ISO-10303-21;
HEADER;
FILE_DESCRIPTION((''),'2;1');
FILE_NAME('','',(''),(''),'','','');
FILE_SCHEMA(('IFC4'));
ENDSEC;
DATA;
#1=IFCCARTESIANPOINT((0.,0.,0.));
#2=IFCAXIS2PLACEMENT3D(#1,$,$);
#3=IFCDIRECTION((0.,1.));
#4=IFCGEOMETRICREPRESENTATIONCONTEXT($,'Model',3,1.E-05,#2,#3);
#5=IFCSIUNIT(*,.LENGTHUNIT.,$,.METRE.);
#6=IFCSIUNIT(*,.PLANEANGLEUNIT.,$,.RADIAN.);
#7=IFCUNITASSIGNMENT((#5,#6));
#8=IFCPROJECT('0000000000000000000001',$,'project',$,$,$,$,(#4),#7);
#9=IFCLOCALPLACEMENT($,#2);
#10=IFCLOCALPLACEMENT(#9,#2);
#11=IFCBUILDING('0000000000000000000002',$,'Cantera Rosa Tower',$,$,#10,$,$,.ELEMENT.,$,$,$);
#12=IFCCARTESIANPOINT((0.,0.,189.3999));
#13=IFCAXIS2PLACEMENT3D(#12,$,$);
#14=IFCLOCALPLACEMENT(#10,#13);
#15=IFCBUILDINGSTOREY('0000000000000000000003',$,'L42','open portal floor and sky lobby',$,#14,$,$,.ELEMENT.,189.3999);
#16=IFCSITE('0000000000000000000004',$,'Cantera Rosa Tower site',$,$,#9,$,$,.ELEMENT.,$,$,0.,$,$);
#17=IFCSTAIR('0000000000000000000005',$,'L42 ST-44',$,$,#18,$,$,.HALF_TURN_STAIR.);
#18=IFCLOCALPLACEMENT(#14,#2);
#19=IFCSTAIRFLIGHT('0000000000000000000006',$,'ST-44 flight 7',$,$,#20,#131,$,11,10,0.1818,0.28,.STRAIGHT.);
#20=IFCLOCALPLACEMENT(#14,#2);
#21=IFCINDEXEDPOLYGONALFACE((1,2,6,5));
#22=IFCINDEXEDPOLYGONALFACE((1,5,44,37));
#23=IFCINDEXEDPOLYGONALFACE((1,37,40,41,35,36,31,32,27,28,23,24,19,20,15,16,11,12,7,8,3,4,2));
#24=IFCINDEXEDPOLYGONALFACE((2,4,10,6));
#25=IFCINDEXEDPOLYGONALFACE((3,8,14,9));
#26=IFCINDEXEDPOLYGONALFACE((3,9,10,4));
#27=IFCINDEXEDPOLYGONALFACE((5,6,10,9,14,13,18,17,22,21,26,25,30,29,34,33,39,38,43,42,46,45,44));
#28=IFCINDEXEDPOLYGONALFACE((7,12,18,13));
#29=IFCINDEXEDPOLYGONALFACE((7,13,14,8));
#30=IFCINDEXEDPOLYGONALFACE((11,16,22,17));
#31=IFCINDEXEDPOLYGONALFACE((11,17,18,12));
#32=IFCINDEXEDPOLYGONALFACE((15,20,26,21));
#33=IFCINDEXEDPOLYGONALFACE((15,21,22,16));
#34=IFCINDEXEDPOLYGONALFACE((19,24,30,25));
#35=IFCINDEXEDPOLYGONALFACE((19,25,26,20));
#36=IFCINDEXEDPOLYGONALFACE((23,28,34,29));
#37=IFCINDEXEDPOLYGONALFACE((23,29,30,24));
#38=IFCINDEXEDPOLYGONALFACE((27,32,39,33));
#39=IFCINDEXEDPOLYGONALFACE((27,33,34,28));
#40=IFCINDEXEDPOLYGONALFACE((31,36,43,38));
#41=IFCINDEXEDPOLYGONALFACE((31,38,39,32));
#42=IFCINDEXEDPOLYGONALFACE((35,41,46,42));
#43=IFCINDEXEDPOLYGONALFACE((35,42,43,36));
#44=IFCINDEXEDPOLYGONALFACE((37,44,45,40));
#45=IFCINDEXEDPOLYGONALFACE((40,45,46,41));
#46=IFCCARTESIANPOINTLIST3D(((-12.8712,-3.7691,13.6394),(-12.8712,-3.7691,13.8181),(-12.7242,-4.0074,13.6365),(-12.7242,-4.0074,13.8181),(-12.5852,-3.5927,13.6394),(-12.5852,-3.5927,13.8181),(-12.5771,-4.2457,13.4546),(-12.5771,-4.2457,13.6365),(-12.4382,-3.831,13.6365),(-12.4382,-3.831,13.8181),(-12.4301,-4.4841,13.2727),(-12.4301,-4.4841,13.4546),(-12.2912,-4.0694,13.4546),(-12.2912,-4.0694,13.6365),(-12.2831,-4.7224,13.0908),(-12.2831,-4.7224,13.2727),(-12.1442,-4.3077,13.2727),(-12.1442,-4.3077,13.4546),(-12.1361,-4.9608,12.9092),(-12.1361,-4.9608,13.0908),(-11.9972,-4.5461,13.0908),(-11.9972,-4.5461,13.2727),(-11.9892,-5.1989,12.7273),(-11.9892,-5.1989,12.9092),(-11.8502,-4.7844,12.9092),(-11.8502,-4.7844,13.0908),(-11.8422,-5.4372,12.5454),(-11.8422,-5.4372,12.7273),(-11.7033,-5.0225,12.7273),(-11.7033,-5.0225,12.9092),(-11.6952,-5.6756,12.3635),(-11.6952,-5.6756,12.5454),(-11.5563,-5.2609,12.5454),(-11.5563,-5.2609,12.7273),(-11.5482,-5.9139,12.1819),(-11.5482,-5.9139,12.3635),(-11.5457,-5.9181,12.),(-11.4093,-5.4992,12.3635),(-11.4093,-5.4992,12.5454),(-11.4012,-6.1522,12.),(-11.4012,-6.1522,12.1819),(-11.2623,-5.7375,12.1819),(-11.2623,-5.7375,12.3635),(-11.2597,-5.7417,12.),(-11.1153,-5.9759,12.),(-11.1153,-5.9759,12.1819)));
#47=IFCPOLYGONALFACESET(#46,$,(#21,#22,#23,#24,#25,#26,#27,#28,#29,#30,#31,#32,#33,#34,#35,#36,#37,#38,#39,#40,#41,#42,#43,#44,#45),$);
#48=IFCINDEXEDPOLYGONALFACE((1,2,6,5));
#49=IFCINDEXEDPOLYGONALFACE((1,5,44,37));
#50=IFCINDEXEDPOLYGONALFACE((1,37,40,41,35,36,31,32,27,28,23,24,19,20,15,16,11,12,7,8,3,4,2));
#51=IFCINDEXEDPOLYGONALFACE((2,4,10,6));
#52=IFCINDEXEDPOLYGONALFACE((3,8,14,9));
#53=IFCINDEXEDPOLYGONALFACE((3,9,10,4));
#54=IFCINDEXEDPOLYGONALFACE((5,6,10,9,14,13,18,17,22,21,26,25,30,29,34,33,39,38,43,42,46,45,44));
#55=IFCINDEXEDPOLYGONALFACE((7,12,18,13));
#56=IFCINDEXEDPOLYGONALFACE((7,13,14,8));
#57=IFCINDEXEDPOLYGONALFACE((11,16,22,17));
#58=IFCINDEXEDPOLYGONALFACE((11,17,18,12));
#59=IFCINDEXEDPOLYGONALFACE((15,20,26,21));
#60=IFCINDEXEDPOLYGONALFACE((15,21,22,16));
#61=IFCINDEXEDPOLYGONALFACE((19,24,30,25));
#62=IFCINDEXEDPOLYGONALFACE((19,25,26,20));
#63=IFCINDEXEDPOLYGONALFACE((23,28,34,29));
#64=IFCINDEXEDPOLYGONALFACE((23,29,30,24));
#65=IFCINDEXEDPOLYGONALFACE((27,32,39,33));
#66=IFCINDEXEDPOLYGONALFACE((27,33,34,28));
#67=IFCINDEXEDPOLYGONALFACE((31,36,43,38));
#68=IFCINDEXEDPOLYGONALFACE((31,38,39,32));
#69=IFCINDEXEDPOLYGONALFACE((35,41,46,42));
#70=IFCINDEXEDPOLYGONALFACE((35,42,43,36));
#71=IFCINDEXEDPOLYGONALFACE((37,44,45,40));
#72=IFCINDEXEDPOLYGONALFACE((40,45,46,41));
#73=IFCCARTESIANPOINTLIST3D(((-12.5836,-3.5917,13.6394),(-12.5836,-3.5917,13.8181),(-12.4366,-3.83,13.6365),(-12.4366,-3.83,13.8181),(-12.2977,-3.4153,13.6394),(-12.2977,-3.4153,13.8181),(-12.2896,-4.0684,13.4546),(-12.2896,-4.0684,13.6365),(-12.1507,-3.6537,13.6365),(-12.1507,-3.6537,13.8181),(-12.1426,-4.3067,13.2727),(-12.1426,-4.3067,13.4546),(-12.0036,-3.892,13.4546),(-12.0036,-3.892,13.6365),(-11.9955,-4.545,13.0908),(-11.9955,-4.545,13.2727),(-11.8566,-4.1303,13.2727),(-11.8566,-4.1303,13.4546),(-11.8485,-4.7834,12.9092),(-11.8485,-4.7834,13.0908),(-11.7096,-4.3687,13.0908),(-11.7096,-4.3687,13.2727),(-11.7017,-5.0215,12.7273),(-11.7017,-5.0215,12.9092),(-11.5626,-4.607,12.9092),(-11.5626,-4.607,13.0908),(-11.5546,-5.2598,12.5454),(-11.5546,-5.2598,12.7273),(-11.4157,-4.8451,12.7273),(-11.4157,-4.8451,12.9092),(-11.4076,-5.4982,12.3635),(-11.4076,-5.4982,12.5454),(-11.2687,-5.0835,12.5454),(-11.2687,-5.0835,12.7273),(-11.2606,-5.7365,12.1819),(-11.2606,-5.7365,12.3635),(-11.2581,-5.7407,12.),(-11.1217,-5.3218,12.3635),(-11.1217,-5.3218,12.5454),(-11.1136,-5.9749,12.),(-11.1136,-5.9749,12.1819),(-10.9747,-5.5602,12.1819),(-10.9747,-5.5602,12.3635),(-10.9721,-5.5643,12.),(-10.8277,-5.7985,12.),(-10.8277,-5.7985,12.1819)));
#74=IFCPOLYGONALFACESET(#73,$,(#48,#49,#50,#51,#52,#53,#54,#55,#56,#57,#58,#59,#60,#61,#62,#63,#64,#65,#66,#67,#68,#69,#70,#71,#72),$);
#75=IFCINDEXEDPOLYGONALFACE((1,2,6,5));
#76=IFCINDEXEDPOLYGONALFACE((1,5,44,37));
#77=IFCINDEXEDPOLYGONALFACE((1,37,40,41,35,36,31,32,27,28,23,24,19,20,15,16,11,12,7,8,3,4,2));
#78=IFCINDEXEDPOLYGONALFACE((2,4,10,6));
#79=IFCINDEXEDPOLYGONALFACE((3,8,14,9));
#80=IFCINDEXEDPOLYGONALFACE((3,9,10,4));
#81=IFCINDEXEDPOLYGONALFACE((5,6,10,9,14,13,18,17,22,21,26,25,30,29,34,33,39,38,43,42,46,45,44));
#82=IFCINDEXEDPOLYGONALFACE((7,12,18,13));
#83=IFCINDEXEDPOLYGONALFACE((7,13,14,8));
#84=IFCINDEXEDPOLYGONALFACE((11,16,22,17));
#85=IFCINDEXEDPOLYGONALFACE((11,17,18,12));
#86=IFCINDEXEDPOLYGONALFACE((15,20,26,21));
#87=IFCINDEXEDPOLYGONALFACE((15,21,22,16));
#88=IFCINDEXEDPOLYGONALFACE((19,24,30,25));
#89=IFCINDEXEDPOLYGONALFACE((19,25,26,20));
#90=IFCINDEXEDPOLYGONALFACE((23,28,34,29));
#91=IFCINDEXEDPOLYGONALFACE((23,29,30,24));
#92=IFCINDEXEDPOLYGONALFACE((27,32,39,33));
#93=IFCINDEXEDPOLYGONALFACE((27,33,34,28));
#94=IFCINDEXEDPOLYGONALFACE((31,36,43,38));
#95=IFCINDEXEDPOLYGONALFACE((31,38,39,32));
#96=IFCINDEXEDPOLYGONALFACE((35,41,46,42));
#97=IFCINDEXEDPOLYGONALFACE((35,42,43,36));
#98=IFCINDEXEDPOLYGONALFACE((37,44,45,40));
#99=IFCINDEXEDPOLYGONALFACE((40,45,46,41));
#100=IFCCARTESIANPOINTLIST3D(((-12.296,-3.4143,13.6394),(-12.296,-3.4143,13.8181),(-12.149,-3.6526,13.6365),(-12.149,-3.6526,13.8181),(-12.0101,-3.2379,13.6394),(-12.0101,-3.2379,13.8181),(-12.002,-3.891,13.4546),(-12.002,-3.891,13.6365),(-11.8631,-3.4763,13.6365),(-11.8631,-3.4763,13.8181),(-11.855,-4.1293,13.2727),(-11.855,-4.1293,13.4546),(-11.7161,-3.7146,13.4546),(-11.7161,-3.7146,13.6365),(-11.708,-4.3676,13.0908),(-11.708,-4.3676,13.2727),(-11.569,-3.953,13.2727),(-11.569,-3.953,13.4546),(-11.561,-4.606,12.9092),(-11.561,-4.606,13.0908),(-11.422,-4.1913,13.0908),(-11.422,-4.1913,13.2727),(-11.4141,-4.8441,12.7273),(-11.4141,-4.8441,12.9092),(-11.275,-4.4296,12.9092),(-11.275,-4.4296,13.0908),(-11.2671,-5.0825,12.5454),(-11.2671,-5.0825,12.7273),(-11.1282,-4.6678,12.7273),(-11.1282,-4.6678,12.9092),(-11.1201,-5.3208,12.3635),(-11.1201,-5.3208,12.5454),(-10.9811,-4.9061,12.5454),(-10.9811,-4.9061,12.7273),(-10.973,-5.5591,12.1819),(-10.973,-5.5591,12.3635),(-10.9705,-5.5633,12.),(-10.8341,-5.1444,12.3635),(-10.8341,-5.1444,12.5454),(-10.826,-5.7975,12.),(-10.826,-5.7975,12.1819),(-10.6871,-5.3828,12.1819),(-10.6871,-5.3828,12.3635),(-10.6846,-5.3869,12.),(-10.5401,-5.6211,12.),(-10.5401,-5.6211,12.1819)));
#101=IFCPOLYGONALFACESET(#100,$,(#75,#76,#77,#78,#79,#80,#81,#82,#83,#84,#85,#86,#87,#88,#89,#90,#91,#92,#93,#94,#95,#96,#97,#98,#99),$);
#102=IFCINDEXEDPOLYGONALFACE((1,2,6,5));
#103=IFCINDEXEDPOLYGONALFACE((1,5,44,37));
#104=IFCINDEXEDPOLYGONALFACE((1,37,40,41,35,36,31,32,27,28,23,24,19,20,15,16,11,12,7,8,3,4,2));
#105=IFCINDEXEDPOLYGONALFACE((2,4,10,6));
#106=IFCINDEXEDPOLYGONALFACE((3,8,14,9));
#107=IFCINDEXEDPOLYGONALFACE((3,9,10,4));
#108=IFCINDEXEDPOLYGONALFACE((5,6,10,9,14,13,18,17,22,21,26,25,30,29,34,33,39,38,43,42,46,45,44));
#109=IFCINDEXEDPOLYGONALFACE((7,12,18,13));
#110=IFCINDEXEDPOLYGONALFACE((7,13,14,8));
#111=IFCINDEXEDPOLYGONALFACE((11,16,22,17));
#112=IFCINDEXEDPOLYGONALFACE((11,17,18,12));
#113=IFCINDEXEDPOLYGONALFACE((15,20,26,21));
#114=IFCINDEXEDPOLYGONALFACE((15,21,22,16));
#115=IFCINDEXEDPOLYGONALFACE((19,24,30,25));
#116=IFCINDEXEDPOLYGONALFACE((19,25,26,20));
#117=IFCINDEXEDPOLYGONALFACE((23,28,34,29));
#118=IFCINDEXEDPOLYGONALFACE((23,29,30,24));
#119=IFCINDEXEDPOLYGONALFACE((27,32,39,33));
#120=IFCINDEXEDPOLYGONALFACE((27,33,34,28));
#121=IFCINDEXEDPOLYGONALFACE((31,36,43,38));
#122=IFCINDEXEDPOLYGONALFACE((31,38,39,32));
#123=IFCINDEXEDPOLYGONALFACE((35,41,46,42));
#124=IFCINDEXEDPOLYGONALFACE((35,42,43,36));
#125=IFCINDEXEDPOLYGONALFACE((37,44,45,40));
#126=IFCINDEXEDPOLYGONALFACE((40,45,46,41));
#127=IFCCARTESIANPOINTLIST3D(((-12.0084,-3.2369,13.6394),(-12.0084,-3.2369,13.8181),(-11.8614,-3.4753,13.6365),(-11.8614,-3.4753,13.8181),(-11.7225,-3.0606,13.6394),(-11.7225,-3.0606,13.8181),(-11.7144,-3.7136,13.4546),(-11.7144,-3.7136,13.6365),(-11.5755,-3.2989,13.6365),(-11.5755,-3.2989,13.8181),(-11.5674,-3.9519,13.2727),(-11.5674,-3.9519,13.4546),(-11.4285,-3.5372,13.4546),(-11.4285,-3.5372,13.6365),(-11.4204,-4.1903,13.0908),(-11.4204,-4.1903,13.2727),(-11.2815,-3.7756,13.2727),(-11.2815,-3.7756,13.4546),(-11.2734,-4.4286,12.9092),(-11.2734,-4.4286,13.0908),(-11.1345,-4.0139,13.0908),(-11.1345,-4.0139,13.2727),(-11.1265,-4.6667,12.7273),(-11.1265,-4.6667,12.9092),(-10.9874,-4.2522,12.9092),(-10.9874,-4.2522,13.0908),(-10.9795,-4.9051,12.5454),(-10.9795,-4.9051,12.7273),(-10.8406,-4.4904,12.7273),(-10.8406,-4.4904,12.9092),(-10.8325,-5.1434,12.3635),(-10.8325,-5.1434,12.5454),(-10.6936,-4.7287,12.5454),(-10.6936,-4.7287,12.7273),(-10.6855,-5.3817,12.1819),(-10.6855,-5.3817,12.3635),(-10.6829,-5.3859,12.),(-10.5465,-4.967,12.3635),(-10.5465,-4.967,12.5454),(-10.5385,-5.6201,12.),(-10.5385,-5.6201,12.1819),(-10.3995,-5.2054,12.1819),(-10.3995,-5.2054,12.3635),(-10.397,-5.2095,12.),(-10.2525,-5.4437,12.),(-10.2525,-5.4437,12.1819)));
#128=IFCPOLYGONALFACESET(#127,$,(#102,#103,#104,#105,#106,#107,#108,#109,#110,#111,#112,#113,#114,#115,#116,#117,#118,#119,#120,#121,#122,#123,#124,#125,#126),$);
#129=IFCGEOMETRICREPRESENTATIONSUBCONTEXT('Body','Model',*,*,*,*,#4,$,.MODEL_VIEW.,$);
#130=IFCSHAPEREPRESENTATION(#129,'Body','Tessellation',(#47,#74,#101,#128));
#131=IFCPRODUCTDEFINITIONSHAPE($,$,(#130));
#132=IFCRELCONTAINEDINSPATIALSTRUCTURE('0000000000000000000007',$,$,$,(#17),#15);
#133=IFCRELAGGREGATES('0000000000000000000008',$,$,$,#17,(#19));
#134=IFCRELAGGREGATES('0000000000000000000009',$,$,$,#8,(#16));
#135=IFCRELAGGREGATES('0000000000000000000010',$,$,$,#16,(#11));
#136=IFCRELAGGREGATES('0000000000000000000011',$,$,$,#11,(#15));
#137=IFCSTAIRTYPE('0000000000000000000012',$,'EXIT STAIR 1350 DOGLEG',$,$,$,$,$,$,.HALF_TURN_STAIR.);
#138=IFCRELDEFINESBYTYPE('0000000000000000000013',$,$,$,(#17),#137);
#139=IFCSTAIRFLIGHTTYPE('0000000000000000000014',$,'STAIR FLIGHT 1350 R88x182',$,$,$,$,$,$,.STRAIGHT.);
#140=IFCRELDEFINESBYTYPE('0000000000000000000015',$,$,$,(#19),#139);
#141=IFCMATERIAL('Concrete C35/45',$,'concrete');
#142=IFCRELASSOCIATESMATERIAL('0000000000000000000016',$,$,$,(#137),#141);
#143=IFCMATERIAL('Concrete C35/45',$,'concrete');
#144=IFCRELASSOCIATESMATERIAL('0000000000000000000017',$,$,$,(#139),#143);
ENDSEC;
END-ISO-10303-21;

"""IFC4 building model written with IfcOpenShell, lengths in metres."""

from ifc_helpers import new_model, si_unit, direction, frame, origin, place, context, subcontext, project, spatial, polyline, outline, extrude, material, type_object, element, aggregate, save


model = new_model("IFC4")

# Units and contexts
model_context = context("Model", 3, precision=1e-05, world=origin(), true_north=direction((0.0, 1.0)))
body_context = subcontext(model_context, "Body", "Model", "MODEL_VIEW")
ifc_project = project(units=[si_unit("LENGTHUNIT", "METRE"), si_unit("PLANEANGLEUNIT", "RADIAN")], contexts=[model_context])

# Site, building, storey
site_placement = place(None, origin())
site = spatial("IfcSite", under=ifc_project, at=site_placement, Name="Cantera Rosa Tower site", CompositionType="ELEMENT", RefElevation=0.0)
building_placement = place(site_placement, origin())
building = spatial("IfcBuilding", under=site, at=building_placement, Name="Cantera Rosa Tower", CompositionType="ELEMENT")
storey_placement = place(building_placement, frame((0.0, 0.0, 189.3999)))
storey = spatial("IfcBuildingStorey", under=building, at=storey_placement, Name="L42", Description="open portal floor and sky lobby", CompositionType="ELEMENT", Elevation=189.3999)

# Stair, stair flight
ifc_material_1 = material(Name="Concrete C35/45", Category="concrete")
stair_type = type_object("IfcStairType", Name="EXIT STAIR 1350 DOGLEG", PredefinedType="HALF_TURN_STAIR", material=ifc_material_1)
stair_placement = place(storey_placement, origin())
stair = element("IfcStair", 1, at=stair_placement, inside=storey, type_object=stair_type, Name="L42 ST-44", PredefinedType="HALF_TURN_STAIR")
ifc_material_2 = material(Name="Concrete C35/45", Category="concrete")
stair_flight_type = type_object("IfcStairFlightType", Name="STAIR FLIGHT 1350 R88x182", PredefinedType="STRAIGHT", material=ifc_material_2)
stair_flight_1_placement = place(storey_placement, frame((-10.8267, -5.7979, 12.0), z_axis=(0.0, 0.0, 1.0), x_axis=(-0.524977, 0.851117, 0.0)))
stair_flight_1 = element("IfcStairFlight", 2, at=stair_flight_1_placement, type_object=stair_flight_type, Name="ST-44 flight 7", NumberOfRisers=11, NumberOfTreads=10, PredefinedType="STRAIGHT", RiserHeight=0.1818, TreadLength=0.28, context=body_context, shape_type="SweptSolid", body=[
    extrude(outline(polyline([(0.0, 0.0), (0.0, 0.1819), (0.28, 0.1819), (0.28, 0.3635), (0.5601, 0.3635), (0.5601, 0.5454), (0.8401, 0.5454), (0.8401, 0.7273), (1.1201, 0.7273), (1.1201, 0.9092), (1.3999, 0.9092), (1.3999, 1.0908), (1.6799, 1.0908), (1.6799, 1.2727), (1.96, 1.2727), (1.96, 1.4546), (2.24, 1.4546), (2.24, 1.6365), (2.52, 1.6365), (2.52, 1.8181), (2.8, 1.8181), (2.8, 2.0), (2.8, 1.6394), (0.2751, 0.0), (0.0, 0.0)])), frame((0.0, 0.675, 0.0), z_axis=(0.0, -1.0, 0.0), x_axis=(1.0, 0.0, 0.0)), (0.0, 0.0, 1.0), 0.3359),
    extrude(outline(polyline([(0.0, 0.0), (0.0, 0.1819), (0.28, 0.1819), (0.28, 0.3635), (0.5601, 0.3635), (0.5601, 0.5454), (0.8401, 0.5454), (0.8401, 0.7273), (1.1201, 0.7273), (1.1201, 0.9092), (1.3999, 0.9092), (1.3999, 1.0908), (1.6799, 1.0908), (1.6799, 1.2727), (1.96, 1.2727), (1.96, 1.4546), (2.24, 1.4546), (2.24, 1.6365), (2.52, 1.6365), (2.52, 1.8181), (2.8, 1.8181), (2.8, 2.0), (2.8, 1.6394), (0.2751, 0.0), (0.0, 0.0)])), frame((0.0, 0.3372, 0.0), z_axis=(0.0, -1.0, 0.0), x_axis=(1.0, 0.0, 0.0)), (0.0, 0.0, 1.0), 0.3359),
    extrude(outline(polyline([(0.0, 0.0), (0.0, 0.1819), (0.28, 0.1819), (0.28, 0.3635), (0.5601, 0.3635), (0.5601, 0.5454), (0.8401, 0.5454), (0.8401, 0.7273), (1.1201, 0.7273), (1.1201, 0.9092), (1.3999, 0.9092), (1.3999, 1.0908), (1.6799, 1.0908), (1.6799, 1.2727), (1.96, 1.2727), (1.96, 1.4546), (2.24, 1.4546), (2.24, 1.6365), (2.52, 1.6365), (2.52, 1.8181), (2.8, 1.8181), (2.8, 2.0), (2.8, 1.6394), (0.2751, 0.0), (0.0, 0.0)])), frame((0.0, -0.0007, 0.0), z_axis=(0.0, -1.0, 0.0), x_axis=(1.0, 0.0, 0.0)), (0.0, 0.0, 1.0), 0.3359),
    extrude(outline(polyline([(0.0, 0.0), (0.0, 0.1819), (0.28, 0.1819), (0.28, 0.3635), (0.5601, 0.3635), (0.5601, 0.5454), (0.8401, 0.5454), (0.8401, 0.7273), (1.1201, 0.7273), (1.1201, 0.9092), (1.3999, 0.9092), (1.3999, 1.0908), (1.6799, 1.0908), (1.6799, 1.2727), (1.96, 1.2727), (1.96, 1.4546), (2.24, 1.4546), (2.24, 1.6365), (2.52, 1.6365), (2.52, 1.8181), (2.8, 1.8181), (2.8, 2.0), (2.8, 1.6394), (0.2751, 0.0), (0.0, 0.0)])), frame((0.0, -0.3386, 0.0), z_axis=(0.0, -1.0, 0.0), x_axis=(1.0, 0.0, 0.0)), (0.0, 0.0, 1.0), 0.3359),
])
aggregate(stair, [stair_flight_1])

save(model, "model.ifc")
